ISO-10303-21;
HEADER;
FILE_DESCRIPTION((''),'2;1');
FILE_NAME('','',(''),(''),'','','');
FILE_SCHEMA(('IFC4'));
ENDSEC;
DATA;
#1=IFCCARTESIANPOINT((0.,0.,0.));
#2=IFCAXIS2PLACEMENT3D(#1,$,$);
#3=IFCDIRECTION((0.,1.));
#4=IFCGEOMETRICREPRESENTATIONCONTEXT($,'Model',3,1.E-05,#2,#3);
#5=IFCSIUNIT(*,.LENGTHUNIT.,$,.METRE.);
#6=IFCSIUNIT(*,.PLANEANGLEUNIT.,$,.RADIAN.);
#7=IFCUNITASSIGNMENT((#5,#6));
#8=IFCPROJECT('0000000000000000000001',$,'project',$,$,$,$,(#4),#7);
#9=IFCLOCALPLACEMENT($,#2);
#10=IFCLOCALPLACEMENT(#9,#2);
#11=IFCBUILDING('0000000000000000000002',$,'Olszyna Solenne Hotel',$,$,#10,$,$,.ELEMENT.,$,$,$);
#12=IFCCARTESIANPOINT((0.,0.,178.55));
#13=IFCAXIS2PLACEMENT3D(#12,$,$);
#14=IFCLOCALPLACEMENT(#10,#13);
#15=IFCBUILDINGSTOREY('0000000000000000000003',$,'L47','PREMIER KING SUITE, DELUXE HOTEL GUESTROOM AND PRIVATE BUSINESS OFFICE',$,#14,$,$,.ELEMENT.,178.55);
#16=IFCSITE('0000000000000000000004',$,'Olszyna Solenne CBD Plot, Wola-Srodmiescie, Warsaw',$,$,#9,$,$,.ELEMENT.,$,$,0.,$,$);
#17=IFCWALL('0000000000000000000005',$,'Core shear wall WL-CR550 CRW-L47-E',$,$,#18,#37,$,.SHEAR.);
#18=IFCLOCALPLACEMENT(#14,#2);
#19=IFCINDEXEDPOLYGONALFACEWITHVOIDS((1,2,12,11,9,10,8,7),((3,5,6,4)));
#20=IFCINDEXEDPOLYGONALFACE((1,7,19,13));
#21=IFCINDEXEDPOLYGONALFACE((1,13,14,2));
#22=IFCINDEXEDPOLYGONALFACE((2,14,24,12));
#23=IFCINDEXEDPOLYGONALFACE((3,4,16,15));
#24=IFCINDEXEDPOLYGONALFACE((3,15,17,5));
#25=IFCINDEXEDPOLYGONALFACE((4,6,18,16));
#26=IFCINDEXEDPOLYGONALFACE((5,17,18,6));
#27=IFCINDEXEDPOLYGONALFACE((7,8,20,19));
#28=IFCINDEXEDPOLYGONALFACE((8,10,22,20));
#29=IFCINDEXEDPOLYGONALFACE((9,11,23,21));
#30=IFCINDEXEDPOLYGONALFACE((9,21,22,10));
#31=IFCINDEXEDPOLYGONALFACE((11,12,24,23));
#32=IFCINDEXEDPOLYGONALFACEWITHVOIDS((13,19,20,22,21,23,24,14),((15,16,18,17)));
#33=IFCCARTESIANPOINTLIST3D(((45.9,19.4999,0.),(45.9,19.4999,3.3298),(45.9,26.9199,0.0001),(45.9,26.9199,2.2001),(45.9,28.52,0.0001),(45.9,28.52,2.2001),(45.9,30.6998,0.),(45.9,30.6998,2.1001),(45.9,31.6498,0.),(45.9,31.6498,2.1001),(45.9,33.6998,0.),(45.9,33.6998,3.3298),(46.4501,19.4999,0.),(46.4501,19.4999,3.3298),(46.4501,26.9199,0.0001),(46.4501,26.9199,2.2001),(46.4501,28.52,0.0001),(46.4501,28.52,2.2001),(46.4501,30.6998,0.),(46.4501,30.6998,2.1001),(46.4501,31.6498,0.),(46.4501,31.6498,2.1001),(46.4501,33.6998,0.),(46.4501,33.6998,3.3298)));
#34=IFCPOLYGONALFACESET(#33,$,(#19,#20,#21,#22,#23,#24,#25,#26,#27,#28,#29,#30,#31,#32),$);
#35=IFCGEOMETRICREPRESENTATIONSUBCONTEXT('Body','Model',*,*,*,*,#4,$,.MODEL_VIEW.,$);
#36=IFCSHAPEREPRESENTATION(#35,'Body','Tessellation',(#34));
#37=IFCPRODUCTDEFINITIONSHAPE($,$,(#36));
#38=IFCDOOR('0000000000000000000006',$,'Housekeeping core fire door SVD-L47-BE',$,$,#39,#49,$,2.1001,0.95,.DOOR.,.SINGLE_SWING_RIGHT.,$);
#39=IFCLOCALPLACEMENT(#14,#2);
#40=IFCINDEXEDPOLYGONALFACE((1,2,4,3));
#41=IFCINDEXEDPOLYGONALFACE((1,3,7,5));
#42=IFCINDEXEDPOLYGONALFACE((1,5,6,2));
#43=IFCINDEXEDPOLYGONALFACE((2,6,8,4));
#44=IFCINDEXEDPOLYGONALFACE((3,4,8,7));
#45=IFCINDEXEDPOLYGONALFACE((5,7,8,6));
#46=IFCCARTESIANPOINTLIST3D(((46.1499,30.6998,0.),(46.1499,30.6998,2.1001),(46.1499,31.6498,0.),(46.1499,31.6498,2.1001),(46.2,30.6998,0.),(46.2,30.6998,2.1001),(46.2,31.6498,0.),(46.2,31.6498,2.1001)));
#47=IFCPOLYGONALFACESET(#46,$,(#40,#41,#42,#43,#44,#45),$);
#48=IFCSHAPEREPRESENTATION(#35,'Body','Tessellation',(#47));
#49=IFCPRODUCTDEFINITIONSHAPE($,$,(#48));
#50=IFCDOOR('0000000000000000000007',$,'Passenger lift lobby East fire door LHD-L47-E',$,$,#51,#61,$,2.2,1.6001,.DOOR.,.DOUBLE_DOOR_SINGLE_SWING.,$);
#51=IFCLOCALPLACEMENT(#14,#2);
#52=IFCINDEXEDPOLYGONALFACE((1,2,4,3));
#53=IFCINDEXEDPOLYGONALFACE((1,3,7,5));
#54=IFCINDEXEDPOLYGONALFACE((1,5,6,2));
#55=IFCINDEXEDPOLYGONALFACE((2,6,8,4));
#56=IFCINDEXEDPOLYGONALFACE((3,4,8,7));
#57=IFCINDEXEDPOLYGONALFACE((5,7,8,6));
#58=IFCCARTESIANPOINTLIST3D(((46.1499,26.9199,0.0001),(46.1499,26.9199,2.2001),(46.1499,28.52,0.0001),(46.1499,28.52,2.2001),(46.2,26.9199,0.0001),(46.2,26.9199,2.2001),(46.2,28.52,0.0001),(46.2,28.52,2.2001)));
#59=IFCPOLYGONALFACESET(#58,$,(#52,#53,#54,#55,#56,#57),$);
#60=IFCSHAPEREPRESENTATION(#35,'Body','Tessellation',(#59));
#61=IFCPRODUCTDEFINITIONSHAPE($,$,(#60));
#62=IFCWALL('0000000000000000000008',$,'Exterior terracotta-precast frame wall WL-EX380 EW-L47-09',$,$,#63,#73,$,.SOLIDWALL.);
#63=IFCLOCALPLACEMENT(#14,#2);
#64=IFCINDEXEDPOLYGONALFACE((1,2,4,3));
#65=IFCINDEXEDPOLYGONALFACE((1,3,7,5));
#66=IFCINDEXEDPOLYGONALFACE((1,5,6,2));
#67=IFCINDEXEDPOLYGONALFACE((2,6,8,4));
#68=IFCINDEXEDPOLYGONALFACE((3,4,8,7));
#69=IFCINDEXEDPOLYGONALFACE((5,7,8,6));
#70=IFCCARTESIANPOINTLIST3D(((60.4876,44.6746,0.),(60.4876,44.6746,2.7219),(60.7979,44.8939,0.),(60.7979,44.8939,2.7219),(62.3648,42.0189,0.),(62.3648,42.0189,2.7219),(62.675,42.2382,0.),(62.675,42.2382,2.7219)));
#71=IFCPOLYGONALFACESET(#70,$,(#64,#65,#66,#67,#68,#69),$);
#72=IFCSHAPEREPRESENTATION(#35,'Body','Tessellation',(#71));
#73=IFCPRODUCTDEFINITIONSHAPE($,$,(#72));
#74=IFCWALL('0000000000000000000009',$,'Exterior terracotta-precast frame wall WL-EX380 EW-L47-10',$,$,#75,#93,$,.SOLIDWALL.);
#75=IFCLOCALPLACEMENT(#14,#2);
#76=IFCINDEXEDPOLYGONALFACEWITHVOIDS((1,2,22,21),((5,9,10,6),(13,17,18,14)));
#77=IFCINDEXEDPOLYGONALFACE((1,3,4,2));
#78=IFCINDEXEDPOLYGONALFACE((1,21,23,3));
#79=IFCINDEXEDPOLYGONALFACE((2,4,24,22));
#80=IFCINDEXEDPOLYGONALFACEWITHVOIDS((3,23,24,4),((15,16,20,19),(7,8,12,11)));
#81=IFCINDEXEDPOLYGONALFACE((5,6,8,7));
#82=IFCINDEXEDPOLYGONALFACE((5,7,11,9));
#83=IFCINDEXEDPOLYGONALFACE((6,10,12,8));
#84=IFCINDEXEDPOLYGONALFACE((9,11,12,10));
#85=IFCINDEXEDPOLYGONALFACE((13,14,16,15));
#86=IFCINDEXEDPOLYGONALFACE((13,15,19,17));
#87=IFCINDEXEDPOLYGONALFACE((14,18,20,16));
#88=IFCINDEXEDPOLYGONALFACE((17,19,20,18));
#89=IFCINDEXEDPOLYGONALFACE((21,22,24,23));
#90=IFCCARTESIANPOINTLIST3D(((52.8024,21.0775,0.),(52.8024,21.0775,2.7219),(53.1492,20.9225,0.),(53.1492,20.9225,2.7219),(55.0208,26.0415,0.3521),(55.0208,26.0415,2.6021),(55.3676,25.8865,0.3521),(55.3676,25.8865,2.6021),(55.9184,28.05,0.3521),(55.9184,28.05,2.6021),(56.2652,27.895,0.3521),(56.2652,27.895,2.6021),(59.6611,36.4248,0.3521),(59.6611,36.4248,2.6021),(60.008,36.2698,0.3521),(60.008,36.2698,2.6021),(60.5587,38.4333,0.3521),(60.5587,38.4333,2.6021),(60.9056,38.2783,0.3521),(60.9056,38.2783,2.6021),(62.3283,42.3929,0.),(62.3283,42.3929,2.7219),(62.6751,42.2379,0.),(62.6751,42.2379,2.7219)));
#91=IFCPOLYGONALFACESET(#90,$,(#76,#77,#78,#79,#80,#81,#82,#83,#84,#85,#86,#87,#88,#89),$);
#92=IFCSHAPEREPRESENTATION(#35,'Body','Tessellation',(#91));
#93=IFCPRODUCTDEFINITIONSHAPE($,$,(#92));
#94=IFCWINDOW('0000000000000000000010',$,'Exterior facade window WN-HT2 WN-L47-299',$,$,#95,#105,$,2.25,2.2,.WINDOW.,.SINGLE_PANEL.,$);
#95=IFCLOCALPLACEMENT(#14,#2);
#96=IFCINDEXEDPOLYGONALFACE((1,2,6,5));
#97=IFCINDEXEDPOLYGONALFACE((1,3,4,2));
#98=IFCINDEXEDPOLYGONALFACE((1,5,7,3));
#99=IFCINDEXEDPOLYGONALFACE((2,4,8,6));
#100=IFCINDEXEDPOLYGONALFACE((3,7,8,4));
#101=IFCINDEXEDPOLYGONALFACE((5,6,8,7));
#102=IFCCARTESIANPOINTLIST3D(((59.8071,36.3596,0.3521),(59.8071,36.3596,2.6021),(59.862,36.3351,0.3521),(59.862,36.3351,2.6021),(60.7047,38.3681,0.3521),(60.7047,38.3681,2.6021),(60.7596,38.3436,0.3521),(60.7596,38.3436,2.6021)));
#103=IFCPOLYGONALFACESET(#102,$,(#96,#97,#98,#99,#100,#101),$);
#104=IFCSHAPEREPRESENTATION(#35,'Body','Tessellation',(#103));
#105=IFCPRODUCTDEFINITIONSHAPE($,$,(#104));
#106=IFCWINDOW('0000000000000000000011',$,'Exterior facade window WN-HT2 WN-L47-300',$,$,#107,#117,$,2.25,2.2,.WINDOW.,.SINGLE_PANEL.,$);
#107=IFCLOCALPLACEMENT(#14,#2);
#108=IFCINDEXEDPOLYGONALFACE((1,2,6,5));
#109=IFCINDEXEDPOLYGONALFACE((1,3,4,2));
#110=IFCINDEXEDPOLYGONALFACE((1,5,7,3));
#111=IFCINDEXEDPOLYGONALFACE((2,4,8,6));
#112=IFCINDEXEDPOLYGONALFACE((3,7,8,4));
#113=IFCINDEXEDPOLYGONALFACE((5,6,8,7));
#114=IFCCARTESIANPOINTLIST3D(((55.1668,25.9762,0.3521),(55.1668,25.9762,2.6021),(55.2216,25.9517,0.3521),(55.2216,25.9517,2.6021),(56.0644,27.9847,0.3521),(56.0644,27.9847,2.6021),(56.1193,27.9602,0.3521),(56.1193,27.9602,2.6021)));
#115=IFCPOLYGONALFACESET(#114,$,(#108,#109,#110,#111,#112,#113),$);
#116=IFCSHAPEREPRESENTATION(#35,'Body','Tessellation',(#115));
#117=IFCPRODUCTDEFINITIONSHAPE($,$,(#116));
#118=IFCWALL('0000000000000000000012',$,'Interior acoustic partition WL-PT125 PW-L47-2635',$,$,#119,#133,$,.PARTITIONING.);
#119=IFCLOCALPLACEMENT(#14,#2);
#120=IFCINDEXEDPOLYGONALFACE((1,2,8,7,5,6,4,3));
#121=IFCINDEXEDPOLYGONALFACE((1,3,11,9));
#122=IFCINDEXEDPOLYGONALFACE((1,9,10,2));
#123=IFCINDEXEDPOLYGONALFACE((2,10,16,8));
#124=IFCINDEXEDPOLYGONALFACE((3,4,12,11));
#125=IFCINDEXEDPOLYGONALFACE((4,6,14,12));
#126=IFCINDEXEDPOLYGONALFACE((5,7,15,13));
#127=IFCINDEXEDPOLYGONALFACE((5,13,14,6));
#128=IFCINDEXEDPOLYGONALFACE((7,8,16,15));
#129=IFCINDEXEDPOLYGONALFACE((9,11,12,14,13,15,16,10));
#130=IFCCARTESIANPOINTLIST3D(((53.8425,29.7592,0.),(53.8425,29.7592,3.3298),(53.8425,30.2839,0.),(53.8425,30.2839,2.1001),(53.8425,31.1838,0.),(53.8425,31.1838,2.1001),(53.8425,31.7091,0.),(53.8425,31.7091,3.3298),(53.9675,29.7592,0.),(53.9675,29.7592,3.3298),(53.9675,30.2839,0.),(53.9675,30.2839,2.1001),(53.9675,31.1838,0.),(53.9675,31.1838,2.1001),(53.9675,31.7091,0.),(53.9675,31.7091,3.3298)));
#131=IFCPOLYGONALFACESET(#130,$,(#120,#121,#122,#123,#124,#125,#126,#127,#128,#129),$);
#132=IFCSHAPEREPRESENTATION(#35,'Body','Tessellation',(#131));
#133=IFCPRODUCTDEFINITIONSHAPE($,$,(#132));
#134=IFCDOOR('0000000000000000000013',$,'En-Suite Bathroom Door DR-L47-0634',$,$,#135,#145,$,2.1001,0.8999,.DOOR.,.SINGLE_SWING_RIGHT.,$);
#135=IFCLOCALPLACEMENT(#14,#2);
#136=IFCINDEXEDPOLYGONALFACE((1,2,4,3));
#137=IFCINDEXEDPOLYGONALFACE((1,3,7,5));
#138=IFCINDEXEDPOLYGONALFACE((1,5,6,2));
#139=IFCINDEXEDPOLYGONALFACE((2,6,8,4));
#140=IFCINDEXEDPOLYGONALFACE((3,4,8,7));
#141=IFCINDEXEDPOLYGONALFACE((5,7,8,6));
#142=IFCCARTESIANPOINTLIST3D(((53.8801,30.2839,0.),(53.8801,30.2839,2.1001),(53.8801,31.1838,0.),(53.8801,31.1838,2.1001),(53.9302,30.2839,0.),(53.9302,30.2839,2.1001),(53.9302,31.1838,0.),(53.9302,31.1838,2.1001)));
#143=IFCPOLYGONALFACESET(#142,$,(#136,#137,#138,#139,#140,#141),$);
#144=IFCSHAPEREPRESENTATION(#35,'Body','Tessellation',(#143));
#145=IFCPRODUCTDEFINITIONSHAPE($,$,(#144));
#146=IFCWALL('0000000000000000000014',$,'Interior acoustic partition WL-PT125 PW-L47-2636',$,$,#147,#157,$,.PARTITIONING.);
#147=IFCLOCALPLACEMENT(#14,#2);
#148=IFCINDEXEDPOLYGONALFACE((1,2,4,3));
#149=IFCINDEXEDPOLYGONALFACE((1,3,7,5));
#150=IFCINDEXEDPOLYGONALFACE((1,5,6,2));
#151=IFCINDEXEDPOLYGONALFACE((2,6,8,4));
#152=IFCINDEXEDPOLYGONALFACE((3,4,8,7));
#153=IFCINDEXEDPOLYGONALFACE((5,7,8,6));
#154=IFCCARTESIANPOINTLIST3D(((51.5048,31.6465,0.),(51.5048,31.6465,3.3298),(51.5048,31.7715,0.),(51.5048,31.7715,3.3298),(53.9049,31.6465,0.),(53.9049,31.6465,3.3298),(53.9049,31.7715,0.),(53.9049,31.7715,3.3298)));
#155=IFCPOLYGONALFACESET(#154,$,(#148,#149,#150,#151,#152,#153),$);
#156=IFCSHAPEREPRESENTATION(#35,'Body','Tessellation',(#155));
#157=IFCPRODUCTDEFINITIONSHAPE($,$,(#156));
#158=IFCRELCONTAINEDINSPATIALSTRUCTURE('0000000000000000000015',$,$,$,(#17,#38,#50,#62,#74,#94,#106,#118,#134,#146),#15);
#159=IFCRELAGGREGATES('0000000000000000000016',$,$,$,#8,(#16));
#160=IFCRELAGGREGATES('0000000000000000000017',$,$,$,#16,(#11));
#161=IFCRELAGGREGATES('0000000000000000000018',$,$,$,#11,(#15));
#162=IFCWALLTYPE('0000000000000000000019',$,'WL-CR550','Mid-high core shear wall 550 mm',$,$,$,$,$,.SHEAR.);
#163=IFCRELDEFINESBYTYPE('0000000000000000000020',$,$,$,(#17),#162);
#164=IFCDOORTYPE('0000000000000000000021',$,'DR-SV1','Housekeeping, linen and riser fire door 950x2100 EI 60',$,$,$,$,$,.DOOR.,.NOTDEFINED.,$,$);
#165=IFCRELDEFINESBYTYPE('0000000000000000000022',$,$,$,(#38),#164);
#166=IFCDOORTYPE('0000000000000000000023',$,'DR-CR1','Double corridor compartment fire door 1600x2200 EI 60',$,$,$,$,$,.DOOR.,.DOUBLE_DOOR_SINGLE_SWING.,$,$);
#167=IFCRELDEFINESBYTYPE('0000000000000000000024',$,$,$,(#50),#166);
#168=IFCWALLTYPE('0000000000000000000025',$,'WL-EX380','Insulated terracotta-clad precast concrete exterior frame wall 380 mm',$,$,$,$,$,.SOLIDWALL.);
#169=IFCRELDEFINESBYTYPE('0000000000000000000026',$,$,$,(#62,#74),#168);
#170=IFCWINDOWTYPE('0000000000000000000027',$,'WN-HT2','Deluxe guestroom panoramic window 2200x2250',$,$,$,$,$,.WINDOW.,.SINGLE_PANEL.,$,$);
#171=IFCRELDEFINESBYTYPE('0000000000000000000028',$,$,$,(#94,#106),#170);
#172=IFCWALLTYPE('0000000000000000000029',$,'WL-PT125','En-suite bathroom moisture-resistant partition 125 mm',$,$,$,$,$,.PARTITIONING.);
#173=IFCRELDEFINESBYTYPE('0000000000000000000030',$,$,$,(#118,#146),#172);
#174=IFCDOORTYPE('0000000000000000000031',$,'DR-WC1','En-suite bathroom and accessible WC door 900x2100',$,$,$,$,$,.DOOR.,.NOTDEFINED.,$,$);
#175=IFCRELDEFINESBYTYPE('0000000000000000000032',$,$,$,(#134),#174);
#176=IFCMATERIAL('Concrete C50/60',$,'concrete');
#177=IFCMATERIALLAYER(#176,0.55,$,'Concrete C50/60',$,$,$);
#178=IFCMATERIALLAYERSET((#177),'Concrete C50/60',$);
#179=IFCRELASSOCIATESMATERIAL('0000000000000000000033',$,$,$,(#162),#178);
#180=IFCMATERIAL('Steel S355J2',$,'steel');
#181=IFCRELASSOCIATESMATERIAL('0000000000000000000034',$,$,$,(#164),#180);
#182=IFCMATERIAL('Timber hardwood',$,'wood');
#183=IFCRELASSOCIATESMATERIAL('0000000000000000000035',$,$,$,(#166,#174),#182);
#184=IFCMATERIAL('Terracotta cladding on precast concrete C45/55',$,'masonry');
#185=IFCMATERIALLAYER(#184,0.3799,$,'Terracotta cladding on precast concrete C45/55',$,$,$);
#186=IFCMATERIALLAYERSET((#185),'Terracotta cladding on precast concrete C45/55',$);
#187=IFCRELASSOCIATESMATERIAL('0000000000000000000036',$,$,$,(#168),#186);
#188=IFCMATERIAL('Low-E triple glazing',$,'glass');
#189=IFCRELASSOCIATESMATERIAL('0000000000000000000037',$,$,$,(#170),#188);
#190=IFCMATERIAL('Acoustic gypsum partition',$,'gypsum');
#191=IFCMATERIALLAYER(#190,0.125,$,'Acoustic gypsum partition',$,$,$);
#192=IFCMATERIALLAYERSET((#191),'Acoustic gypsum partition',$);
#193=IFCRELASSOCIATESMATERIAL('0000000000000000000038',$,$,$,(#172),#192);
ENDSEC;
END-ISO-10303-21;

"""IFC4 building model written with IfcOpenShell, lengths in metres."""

from ifc_helpers import new_model, si_unit, direction, frame, frame_2d, origin, place, context, subcontext, project, spatial, rectangle, extrude, source, transform, mapped, material, layer, layer_set, type_object, type_shapes, element, fill, save


model = new_model("IFC4")

# Units and contexts
model_context = context("Model", 3, precision=1e-05, world=origin(), true_north=direction((0.0, 1.0)))
body_context = subcontext(model_context, "Body", "Model", "MODEL_VIEW")
ifc_project = project(units=[si_unit("LENGTHUNIT", "METRE"), si_unit("PLANEANGLEUNIT", "RADIAN")], contexts=[model_context])

# Site, building, storey
site_placement = place(None, origin())
site = spatial("IfcSite", under=ifc_project, at=site_placement, Name="Olszyna Solenne CBD Plot, Wola-Srodmiescie, Warsaw", CompositionType="ELEMENT", RefElevation=0.0)
building_placement = place(site_placement, origin())
building = spatial("IfcBuilding", under=site, at=building_placement, Name="Olszyna Solenne Hotel", CompositionType="ELEMENT")
storey_placement = place(building_placement, frame((0.0, 0.0, 178.55)))
storey = spatial("IfcBuildingStorey", under=building, at=storey_placement, Name="L47", Description="PREMIER KING SUITE, DELUXE HOTEL GUESTROOM AND PRIVATE BUSINESS OFFICE", CompositionType="ELEMENT", Elevation=178.55)

# Shared definitions
ifc_material_1 = material(Name="Steel S355J2", Category="steel")

# Wall, openings, doors
ifc_material_2 = material(Name="Concrete C50/60", Category="concrete")
ifc_layer_1 = layer(ifc_material_2, 0.55, Name="Concrete C50/60")
ifc_layer_set_1 = layer_set([ifc_layer_1], Name="Concrete C50/60")
wall_type_1 = type_object("IfcWallType", Name="WL-CR550", Description="Mid-high core shear wall 550 mm", PredefinedType="SHEAR", material=ifc_layer_set_1)
wall_1_placement = place(storey_placement, frame((46.175, 33.7, 0.0), z_axis=(0.0, 0.0, 1.0), x_axis=(0.0, -1.0, 0.0)))
wall_1 = element("IfcWall", 1, at=wall_1_placement, inside=storey, type_object=wall_type_1, Name="Core shear wall WL-CR550 CRW-L47-E", PredefinedType="SHEAR", context=body_context, shape_type="SweptSolid", body=[
    extrude(rectangle(XDim=14.2, YDim=0.55, at=frame_2d((7.1001, 0.0))), origin(), (0.0, 0.0, 1.0), 3.3298),
])
opening_1_placement = place(wall_1_placement, frame((5.1799, 0.0, 0.0)))
opening_1 = element("IfcOpeningElement", 2, at=opening_1_placement, cuts=wall_1, PredefinedType="OPENING", context=body_context, shape_type="SweptSolid", body=[
    extrude(rectangle(XDim=1.6001, YDim=2.2, at=frame_2d((0.8, 1.1001))), frame((0.0, 0.2852, 0.0), z_axis=(0.0, -1.0, 0.0), x_axis=(1.0, 0.0, 0.0)), (0.0, 0.0, 1.0), 0.5701),
])
opening_2_placement = place(wall_1_placement, frame((2.05, 0.0, 0.0)))
opening_2 = element("IfcOpeningElement", 3, at=opening_2_placement, cuts=wall_1, PredefinedType="OPENING", context=body_context, shape_type="SweptSolid", body=[
    extrude(rectangle(XDim=0.95, YDim=2.1001, at=frame_2d((0.4751, 1.05))), frame((0.0, 0.2852, 0.0), z_axis=(0.0, -1.0, 0.0), x_axis=(1.0, 0.0, 0.0)), (0.0, 0.0, 1.0), 0.5701),
])
door_type_1 = type_object("IfcDoorType", Name="DR-SV1", Description="Housekeeping, linen and riser fire door 950x2100 EI 60", OperationType="NOTDEFINED", PredefinedType="DOOR", material=ifc_material_1)
shared_shape_1 = source(origin(), body_context, "Body", "SweptSolid", [
    extrude(rectangle(XDim=0.95, YDim=2.1001, at=frame_2d((0.4751, 1.05))), frame((0.0, 0.0249, 0.0), z_axis=(0.0, -1.0, 0.0), x_axis=(1.0, 0.0, 0.0)), (0.0, 0.0, 1.0), 0.05),
])
type_shapes(door_type_1, [shared_shape_1])
door_1_placement = place(opening_2_placement, origin())
door_1 = element("IfcDoor", 4, at=door_1_placement, inside=storey, type_object=door_type_1, Name="Housekeeping core fire door SVD-L47-BE", OperationType="SINGLE_SWING_RIGHT", OverallHeight=2.1001, OverallWidth=0.95, PredefinedType="DOOR", context=body_context, shape_type="MappedRepresentation", body=[
    mapped(shared_shape_1, transform((0.0, 0.0, 0.0), x_axis=(1.0, 0.0, 0.0), y_axis=(0.0, 1.0, 0.0), z_axis=(0.0, 0.0, 1.0), scale=1.0)),
])
fill(opening_2, door_1)
ifc_material_3 = material(Name="Timber hardwood", Category="wood")
door_type_2 = type_object("IfcDoorType", Name="DR-CR1", Description="Double corridor compartment fire door 1600x2200 EI 60", OperationType="DOUBLE_DOOR_SINGLE_SWING", PredefinedType="DOOR", material=ifc_material_3)
shared_shape_2 = source(origin(), body_context, "Body", "SweptSolid", [
    extrude(rectangle(XDim=1.6001, YDim=2.2, at=frame_2d((0.8, 1.1001))), frame((0.0, 0.0249, 0.0), z_axis=(0.0, -1.0, 0.0), x_axis=(1.0, 0.0, 0.0)), (0.0, 0.0, 1.0), 0.05),
])
type_shapes(door_type_2, [shared_shape_2])
door_2_placement = place(opening_1_placement, origin())
door_2 = element("IfcDoor", 5, at=door_2_placement, inside=storey, type_object=door_type_2, Name="Passenger lift lobby East fire door LHD-L47-E", OperationType="DOUBLE_DOOR_SINGLE_SWING", OverallHeight=2.2, OverallWidth=1.6001, PredefinedType="DOOR", context=body_context, shape_type="MappedRepresentation", body=[
    mapped(shared_shape_2, transform((0.0, 0.0, 0.0), x_axis=(1.0, 0.0, 0.0), y_axis=(0.0, 1.0, 0.0), z_axis=(0.0, 0.0, 1.0), scale=1.0)),
])
fill(opening_1, door_2)

# Wall
ifc_material_4 = material(Name="Terracotta cladding on precast concrete C45/55", Category="masonry")
ifc_layer_2 = layer(ifc_material_4, 0.3799, Name="Terracotta cladding on precast concrete C45/55")
ifc_layer_set_2 = layer_set([ifc_layer_2], Name="Terracotta cladding on precast concrete C45/55")
wall_type_2 = type_object("IfcWallType", Name="WL-EX380", Description="Insulated terracotta-clad precast concrete exterior frame wall 380 mm", PredefinedType="SOLIDWALL", material=ifc_layer_set_2)
wall_2_placement = place(storey_placement, frame((60.6428, 44.7842, 0.0), z_axis=(0.0, 0.0, 1.0), x_axis=(0.577205, -0.816599, 0.0)))
element("IfcWall", 6, at=wall_2_placement, inside=storey, type_object=wall_type_2, Name="Exterior terracotta-precast frame wall WL-EX380 EW-L47-09", PredefinedType="SOLIDWALL", context=body_context, shape_type="SweptSolid", body=[
    extrude(rectangle(XDim=3.2522, YDim=0.3799, at=frame_2d((1.626, 0.0))), origin(), (0.0, 0.0, 1.0), 2.7219),
])

# Wall, openings, windows
wall_3_placement = place(storey_placement, frame((62.5017, 42.3154, 0.0), z_axis=(0.0, 0.0, 1.0), x_axis=(-0.40801, -0.912977, 0.0)))
wall_3 = element("IfcWall", 7, at=wall_3_placement, inside=storey, type_object=wall_type_2, Name="Exterior terracotta-precast frame wall WL-EX380 EW-L47-10", PredefinedType="SOLIDWALL", context=body_context, shape_type="SweptSolid", body=[
    extrude(rectangle(XDim=23.3472, YDim=0.3799, at=frame_2d((11.6736, 0.0))), origin(), (0.0, 0.0, 1.0), 2.7219),
])
opening_3_placement = place(wall_3_placement, frame((4.3369, 0.0, 0.3521)))
opening_3 = element("IfcOpeningElement", 8, at=opening_3_placement, cuts=wall_3, PredefinedType="OPENING", context=body_context, shape_type="SweptSolid", body=[
    extrude(rectangle(XDim=2.2, YDim=2.25, at=frame_2d((1.1001, 1.125))), frame((0.0, 0.2, 0.0), z_axis=(0.0, -1.0, 0.0), x_axis=(1.0, 0.0, 0.0)), (0.0, 0.0, 1.0), 0.3999),
])
opening_4_placement = place(wall_3_placement, frame((15.71, 0.0, 0.3521)))
opening_4 = element("IfcOpeningElement", 9, at=opening_4_placement, cuts=wall_3, PredefinedType="OPENING", context=body_context, shape_type="SweptSolid", body=[
    extrude(rectangle(XDim=2.2, YDim=2.25, at=frame_2d((1.1001, 1.125))), frame((0.0, 0.2, 0.0), z_axis=(0.0, -1.0, 0.0), x_axis=(1.0, 0.0, 0.0)), (0.0, 0.0, 1.0), 0.3999),
])
ifc_material_5 = material(Name="Low-E triple glazing", Category="glass")
window_type = type_object("IfcWindowType", Name="WN-HT2", Description="Deluxe guestroom panoramic window 2200x2250", PartitioningType="SINGLE_PANEL", PredefinedType="WINDOW", material=ifc_material_5)
shared_shape_3 = source(origin(), body_context, "Body", "SweptSolid", [
    extrude(rectangle(XDim=2.2, YDim=2.25, at=frame_2d((1.1001, 1.125))), frame((0.0, 0.03, 0.0), z_axis=(0.0, -1.0, 0.0), x_axis=(1.0, 0.0, 0.0)), (0.0, 0.0, 1.0), 0.0601),
])
type_shapes(window_type, [shared_shape_3])
window_1_placement = place(opening_3_placement, origin())
window_1 = element("IfcWindow", 10, at=window_1_placement, inside=storey, type_object=window_type, Name="Exterior facade window WN-HT2 WN-L47-299", OverallHeight=2.25, OverallWidth=2.2, PartitioningType="SINGLE_PANEL", PredefinedType="WINDOW", context=body_context, shape_type="MappedRepresentation", body=[
    mapped(shared_shape_3, transform((0.0, 0.0, 0.0), x_axis=(1.0, 0.0, 0.0), y_axis=(0.0, 1.0, 0.0), z_axis=(0.0, 0.0, 1.0), scale=1.0)),
])
fill(opening_3, window_1)
window_2_placement = place(opening_4_placement, origin())
window_2 = element("IfcWindow", 11, at=window_2_placement, inside=storey, type_object=window_type, Name="Exterior facade window WN-HT2 WN-L47-300", OverallHeight=2.25, OverallWidth=2.2, PartitioningType="SINGLE_PANEL", PredefinedType="WINDOW", context=body_context, shape_type="MappedRepresentation", body=[
    mapped(shared_shape_3, transform((0.0, 0.0, 0.0), x_axis=(1.0, 0.0, 0.0), y_axis=(0.0, 1.0, 0.0), z_axis=(0.0, 0.0, 1.0), scale=1.0)),
])
fill(opening_4, window_2)

# Wall, opening, door
ifc_material_6 = material(Name="Acoustic gypsum partition", Category="gypsum")
ifc_layer_3 = layer(ifc_material_6, 0.125, Name="Acoustic gypsum partition")
ifc_layer_set_3 = layer_set([ifc_layer_3], Name="Acoustic gypsum partition")
wall_type_3 = type_object("IfcWallType", Name="WL-PT125", Description="En-suite bathroom moisture-resistant partition 125 mm", PredefinedType="PARTITIONING", material=ifc_layer_set_3)
wall_4_placement = place(storey_placement, frame((53.905, 29.759, 0.0), z_axis=(0.0, 0.0, 1.0), x_axis=(0.0, 1.0, 0.0)))
wall_4 = element("IfcWall", 12, at=wall_4_placement, inside=storey, type_object=wall_type_3, Name="Interior acoustic partition WL-PT125 PW-L47-2635", PredefinedType="PARTITIONING", context=body_context, shape_type="SweptSolid", body=[
    extrude(rectangle(XDim=1.95, YDim=0.125, at=frame_2d((0.9751, 0.0))), origin(), (0.0, 0.0, 1.0), 3.3298),
])
opening_5_placement = place(wall_4_placement, frame((0.5249, 0.0, 0.0)))
opening_5 = element("IfcOpeningElement", 13, at=opening_5_placement, cuts=wall_4, PredefinedType="OPENING", context=body_context, shape_type="SweptSolid", body=[
    extrude(rectangle(XDim=0.8999, YDim=2.1001, at=frame_2d((0.45, 1.05))), frame((0.0, 0.0725, 0.0), z_axis=(0.0, -1.0, 0.0), x_axis=(1.0, 0.0, 0.0)), (0.0, 0.0, 1.0), 0.145),
])
door_type_3 = type_object("IfcDoorType", Name="DR-WC1", Description="En-suite bathroom and accessible WC door 900x2100", OperationType="NOTDEFINED", PredefinedType="DOOR", material=ifc_material_3)
shared_shape_4 = source(origin(), body_context, "Body", "SweptSolid", [
    extrude(rectangle(XDim=0.8999, YDim=2.1001, at=frame_2d((0.45, 1.05))), frame((0.0, 0.0249, 0.0), z_axis=(0.0, -1.0, 0.0), x_axis=(1.0, 0.0, 0.0)), (0.0, 0.0, 1.0), 0.05),
])
type_shapes(door_type_3, [shared_shape_4])
door_3_placement = place(opening_5_placement, origin())
door_3 = element("IfcDoor", 14, at=door_3_placement, inside=storey, type_object=door_type_3, Name="En-Suite Bathroom Door DR-L47-0634", OperationType="SINGLE_SWING_RIGHT", OverallHeight=2.1001, OverallWidth=0.8999, PredefinedType="DOOR", context=body_context, shape_type="MappedRepresentation", body=[
    mapped(shared_shape_4, transform((0.0, 0.0, 0.0), x_axis=(1.0, 0.0, 0.0), y_axis=(0.0, 1.0, 0.0), z_axis=(0.0, 0.0, 1.0), scale=1.0)),
])
fill(opening_5, door_3)

# Wall
wall_5_placement = place(storey_placement, frame((53.905, 31.709, 0.0), z_axis=(0.0, 0.0, 1.0), x_axis=(-1.0, 0.0, 0.0)))
element("IfcWall", 15, at=wall_5_placement, inside=storey, type_object=wall_type_3, Name="Interior acoustic partition WL-PT125 PW-L47-2636", PredefinedType="PARTITIONING", context=body_context, shape_type="SweptSolid", body=[
    extrude(rectangle(XDim=2.4001, YDim=0.125, at=frame_2d((1.2002, 0.0))), origin(), (0.0, 0.0, 1.0), 3.3298),
])

save(model, "model.ifc")
